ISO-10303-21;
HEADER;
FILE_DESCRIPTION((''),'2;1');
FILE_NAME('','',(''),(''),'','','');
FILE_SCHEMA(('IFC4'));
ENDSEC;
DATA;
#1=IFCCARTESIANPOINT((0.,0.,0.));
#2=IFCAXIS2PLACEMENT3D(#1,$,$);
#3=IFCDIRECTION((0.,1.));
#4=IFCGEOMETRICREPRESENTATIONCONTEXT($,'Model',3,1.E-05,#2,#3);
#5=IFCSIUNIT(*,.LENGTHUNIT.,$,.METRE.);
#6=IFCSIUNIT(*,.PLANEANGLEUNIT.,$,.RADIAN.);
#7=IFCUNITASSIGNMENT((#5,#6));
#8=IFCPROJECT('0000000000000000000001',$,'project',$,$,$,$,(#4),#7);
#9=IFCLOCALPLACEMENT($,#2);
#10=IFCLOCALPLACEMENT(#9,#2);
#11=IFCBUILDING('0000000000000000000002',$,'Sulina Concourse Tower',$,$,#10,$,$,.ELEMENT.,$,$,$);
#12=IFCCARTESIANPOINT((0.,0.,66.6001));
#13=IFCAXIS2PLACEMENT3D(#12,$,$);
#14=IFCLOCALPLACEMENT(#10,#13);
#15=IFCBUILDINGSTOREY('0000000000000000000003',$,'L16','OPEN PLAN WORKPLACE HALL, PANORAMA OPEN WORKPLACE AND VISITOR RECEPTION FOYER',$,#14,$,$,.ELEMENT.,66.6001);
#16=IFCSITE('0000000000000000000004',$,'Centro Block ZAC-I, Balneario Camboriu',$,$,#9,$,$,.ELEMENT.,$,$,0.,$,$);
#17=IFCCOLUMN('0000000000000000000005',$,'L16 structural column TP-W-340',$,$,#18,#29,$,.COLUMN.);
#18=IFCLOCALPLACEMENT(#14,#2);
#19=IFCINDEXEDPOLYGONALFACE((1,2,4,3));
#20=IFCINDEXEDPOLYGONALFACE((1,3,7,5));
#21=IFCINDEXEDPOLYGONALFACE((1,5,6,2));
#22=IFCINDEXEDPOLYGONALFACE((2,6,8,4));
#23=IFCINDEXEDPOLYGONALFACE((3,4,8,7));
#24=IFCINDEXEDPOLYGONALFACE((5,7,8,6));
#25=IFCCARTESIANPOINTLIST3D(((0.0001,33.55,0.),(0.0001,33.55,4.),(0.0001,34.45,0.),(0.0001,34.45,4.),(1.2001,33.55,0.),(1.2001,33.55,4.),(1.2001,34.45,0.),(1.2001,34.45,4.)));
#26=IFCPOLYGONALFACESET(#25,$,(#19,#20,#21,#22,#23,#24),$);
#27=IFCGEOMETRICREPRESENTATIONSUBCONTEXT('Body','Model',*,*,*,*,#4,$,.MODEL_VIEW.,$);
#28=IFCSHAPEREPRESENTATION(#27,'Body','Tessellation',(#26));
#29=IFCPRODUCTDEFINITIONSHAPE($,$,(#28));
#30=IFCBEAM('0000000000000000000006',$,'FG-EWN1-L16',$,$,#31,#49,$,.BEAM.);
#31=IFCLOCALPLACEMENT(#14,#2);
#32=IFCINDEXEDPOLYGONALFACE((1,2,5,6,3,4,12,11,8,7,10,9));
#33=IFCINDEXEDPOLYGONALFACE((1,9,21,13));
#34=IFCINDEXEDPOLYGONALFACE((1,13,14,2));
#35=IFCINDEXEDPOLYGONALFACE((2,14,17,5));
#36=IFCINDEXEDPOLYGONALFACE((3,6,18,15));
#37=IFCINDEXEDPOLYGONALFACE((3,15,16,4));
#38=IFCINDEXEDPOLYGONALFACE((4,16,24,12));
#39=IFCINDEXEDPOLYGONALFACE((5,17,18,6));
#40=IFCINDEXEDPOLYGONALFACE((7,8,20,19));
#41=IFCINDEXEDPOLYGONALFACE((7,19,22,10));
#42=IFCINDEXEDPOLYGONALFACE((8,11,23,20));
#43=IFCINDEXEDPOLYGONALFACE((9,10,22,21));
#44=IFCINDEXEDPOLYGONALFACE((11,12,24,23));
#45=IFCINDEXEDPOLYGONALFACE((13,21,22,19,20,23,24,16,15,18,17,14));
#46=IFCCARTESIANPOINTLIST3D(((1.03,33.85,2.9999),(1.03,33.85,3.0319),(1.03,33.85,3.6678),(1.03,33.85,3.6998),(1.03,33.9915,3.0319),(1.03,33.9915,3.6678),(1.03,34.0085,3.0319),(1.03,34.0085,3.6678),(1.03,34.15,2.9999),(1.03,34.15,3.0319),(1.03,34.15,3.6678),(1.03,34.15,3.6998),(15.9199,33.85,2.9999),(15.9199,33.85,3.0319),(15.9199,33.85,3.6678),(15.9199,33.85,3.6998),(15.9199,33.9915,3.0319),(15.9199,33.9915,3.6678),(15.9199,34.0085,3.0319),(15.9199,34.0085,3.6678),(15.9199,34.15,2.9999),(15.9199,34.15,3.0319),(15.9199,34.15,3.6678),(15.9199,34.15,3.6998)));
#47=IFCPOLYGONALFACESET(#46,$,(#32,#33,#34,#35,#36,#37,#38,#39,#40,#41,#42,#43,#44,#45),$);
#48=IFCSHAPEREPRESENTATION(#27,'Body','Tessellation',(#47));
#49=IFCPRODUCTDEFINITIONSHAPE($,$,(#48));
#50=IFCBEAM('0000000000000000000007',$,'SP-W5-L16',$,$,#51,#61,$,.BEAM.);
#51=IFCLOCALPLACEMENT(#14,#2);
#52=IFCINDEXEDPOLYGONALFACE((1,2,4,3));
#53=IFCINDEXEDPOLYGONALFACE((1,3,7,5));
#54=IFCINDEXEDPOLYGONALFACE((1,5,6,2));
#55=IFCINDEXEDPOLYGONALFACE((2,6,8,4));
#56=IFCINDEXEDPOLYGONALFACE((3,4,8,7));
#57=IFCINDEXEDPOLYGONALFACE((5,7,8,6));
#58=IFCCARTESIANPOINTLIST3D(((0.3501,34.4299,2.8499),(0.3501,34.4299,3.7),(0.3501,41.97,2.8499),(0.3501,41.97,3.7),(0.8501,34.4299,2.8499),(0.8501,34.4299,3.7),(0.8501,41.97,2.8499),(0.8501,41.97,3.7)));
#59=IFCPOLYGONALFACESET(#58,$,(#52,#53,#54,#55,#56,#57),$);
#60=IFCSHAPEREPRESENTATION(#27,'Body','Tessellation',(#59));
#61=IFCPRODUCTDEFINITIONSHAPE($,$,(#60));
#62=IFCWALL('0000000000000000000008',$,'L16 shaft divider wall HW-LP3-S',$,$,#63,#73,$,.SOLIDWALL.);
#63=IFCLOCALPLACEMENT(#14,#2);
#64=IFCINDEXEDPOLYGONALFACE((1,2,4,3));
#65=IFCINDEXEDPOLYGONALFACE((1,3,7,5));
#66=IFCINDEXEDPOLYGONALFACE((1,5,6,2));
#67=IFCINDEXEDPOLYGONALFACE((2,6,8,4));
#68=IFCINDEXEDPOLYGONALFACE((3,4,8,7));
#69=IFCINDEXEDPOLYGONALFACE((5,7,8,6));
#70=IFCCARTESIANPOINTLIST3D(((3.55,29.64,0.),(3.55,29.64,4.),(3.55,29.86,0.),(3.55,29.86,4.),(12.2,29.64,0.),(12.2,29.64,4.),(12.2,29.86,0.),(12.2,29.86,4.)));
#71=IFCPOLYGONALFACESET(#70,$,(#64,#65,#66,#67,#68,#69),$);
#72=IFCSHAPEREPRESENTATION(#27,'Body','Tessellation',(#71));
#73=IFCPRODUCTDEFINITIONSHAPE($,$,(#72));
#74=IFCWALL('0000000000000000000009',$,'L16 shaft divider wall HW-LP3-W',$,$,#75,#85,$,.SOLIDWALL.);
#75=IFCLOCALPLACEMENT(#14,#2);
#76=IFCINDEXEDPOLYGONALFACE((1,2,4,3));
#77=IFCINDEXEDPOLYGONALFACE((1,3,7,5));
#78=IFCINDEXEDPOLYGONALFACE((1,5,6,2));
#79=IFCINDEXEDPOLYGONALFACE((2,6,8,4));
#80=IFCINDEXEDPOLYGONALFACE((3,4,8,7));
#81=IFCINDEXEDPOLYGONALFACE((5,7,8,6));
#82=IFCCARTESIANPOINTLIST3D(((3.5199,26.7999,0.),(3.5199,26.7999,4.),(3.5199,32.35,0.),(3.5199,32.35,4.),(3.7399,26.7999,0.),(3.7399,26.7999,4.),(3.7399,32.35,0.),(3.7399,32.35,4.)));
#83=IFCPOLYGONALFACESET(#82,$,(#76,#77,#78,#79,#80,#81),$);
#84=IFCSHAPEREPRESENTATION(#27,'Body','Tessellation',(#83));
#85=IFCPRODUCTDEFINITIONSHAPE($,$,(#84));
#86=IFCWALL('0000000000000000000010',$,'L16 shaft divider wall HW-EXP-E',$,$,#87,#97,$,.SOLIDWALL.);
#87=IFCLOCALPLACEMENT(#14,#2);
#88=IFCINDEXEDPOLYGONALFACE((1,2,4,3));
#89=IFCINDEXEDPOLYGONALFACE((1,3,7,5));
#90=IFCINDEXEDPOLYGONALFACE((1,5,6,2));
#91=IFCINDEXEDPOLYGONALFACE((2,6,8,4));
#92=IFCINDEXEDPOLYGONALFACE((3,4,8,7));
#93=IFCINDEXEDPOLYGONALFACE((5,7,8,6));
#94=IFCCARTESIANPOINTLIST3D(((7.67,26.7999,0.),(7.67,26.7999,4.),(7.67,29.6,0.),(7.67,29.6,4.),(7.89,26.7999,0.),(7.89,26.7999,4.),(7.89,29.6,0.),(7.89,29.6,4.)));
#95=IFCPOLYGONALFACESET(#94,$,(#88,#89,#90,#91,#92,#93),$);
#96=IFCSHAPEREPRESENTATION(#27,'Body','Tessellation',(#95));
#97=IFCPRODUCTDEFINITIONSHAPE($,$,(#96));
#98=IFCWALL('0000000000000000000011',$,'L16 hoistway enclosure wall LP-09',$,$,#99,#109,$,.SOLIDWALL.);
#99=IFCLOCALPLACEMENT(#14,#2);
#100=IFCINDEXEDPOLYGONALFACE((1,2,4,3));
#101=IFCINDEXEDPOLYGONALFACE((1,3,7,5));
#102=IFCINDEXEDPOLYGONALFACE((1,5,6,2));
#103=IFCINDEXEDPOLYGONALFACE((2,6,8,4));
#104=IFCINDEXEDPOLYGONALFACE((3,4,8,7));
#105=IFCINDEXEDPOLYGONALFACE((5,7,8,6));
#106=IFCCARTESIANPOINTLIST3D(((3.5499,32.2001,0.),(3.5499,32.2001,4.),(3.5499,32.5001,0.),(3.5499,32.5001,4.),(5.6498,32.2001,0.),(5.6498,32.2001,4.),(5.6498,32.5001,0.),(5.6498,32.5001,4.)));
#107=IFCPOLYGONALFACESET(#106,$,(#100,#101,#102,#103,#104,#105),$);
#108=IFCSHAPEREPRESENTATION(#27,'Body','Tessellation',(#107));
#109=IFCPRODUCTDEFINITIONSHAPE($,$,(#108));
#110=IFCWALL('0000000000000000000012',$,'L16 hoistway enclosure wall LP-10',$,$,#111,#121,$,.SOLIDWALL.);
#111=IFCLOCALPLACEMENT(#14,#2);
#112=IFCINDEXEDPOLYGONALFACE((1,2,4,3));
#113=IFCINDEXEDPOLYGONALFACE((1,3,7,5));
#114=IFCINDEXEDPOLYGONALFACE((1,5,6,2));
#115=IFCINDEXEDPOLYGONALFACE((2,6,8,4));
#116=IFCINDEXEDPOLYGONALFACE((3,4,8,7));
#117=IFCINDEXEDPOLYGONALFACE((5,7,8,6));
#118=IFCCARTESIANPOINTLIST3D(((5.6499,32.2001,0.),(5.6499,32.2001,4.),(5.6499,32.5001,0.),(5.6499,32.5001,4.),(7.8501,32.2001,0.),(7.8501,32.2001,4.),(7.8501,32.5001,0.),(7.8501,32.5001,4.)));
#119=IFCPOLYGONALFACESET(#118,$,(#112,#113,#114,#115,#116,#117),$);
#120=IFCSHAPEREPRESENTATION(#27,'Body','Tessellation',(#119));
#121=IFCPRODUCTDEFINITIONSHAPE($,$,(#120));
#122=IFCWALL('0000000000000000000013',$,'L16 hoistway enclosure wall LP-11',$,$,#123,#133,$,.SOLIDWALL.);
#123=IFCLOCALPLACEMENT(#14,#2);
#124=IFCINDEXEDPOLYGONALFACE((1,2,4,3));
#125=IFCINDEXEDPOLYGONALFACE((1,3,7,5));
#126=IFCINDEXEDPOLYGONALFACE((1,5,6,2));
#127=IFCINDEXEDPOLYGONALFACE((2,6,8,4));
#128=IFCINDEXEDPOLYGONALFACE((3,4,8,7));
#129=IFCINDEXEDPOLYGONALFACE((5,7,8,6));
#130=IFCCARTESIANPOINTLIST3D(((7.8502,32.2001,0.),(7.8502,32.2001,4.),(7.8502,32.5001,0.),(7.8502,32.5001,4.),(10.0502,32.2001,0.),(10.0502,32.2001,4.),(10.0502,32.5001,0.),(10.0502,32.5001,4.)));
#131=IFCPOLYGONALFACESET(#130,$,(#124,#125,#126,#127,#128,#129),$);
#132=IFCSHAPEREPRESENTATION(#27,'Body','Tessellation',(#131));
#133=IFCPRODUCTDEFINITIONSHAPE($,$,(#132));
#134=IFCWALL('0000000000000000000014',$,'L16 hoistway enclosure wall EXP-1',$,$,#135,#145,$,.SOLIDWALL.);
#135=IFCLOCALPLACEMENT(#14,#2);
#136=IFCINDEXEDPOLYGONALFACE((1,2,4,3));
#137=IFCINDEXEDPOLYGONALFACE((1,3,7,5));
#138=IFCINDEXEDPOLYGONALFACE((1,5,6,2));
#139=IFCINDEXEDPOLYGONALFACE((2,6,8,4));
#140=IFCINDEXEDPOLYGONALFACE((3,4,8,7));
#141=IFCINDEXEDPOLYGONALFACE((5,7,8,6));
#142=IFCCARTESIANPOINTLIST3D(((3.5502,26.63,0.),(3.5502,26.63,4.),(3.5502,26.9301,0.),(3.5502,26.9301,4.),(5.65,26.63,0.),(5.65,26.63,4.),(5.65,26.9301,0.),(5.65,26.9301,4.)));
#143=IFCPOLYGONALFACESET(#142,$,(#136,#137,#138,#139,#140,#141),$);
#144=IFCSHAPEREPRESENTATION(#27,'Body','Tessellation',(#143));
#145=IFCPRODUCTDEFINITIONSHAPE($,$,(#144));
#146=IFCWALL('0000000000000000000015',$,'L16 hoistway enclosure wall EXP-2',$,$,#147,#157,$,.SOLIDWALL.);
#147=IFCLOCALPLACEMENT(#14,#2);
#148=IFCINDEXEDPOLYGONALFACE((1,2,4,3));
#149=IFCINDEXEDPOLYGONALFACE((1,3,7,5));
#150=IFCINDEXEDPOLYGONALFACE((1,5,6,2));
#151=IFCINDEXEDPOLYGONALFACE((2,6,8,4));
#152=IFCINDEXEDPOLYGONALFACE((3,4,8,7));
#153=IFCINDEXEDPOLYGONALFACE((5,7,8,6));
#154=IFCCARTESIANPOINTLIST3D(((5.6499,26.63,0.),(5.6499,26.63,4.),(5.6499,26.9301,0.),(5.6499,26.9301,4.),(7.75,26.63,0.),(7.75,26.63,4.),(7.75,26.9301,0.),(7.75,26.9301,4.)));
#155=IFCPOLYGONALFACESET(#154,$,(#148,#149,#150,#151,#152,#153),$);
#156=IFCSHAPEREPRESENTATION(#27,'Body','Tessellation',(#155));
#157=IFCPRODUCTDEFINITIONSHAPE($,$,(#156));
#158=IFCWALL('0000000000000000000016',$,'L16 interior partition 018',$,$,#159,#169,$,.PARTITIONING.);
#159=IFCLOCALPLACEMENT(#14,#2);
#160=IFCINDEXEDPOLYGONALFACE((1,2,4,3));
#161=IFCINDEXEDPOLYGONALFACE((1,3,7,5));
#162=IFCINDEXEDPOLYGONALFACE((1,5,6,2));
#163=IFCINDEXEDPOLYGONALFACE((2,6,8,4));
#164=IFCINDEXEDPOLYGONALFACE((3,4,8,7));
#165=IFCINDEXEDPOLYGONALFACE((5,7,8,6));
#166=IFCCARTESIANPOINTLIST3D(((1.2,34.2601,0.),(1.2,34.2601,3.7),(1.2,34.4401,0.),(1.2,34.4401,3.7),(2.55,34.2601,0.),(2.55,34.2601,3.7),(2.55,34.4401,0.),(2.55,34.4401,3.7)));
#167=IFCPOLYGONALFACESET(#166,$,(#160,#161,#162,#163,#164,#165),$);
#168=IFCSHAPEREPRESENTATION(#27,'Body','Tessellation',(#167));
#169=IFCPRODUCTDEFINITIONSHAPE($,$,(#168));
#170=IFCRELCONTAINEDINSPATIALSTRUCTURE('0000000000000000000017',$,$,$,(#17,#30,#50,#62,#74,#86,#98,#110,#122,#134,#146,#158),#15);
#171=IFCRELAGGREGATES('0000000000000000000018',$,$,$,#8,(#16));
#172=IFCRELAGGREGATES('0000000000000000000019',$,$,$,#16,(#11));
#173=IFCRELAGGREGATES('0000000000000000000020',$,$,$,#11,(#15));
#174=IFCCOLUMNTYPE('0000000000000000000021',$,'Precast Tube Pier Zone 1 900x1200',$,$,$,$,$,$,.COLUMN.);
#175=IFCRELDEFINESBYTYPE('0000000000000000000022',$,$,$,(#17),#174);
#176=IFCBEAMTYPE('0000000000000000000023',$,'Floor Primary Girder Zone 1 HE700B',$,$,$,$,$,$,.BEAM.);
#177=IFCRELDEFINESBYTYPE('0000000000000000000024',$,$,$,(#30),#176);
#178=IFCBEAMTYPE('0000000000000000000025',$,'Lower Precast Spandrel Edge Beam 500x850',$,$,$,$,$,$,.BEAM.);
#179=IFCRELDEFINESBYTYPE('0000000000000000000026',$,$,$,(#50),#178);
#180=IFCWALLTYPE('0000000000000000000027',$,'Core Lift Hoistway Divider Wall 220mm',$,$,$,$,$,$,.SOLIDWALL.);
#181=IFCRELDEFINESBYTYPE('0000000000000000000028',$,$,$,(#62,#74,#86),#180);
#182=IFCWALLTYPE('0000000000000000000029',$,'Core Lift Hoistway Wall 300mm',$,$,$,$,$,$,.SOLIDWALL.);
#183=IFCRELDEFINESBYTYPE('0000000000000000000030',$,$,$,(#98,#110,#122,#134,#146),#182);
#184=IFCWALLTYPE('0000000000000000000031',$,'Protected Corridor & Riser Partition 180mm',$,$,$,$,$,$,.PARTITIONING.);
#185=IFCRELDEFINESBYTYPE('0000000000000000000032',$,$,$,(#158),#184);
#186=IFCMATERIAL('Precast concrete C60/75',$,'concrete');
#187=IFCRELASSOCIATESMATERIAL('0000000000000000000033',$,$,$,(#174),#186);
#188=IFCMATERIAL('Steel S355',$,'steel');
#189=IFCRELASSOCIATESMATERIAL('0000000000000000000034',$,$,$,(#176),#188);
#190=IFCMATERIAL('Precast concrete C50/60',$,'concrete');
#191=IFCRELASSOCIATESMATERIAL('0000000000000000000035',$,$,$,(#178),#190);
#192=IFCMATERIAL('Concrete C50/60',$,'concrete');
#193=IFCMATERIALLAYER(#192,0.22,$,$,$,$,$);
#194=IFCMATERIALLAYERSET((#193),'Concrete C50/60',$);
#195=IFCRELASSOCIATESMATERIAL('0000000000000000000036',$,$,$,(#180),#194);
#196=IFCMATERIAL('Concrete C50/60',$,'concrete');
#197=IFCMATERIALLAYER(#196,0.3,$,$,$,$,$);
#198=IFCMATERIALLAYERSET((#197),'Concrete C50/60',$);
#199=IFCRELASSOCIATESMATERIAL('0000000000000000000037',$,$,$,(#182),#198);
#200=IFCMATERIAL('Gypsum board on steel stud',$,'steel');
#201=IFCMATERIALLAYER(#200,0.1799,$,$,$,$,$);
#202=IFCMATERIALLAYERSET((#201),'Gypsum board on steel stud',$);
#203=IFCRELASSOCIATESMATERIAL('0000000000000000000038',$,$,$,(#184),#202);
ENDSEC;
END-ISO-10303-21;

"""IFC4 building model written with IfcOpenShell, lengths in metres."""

from ifc_helpers import new_model, si_unit, direction, frame, frame_2d, origin, origin_2d, place, context, subcontext, project, spatial, rectangle, i_section, extrude, material, layer, layer_set, material_profile, profile_set, type_object, element, save


model = new_model("IFC4")

# Units and contexts
model_context = context("Model", 3, precision=1e-05, world=origin(), true_north=direction((0.0, 1.0)))
body_context = subcontext(model_context, "Body", "Model", "MODEL_VIEW")
ifc_project = project(units=[si_unit("LENGTHUNIT", "METRE"), si_unit("PLANEANGLEUNIT", "RADIAN")], contexts=[model_context])

# Site, building, storey
site_placement = place(None, origin())
site = spatial("IfcSite", under=ifc_project, at=site_placement, Name="Centro Block ZAC-I, Balneario Camboriu", CompositionType="ELEMENT", RefElevation=0.0)
building_placement = place(site_placement, origin())
building = spatial("IfcBuilding", under=site, at=building_placement, Name="Sulina Concourse Tower", CompositionType="ELEMENT")
storey_placement = place(building_placement, frame((0.0, 0.0, 66.6001)))
storey = spatial("IfcBuildingStorey", under=building, at=storey_placement, Name="L16", Description="OPEN PLAN WORKPLACE HALL, PANORAMA OPEN WORKPLACE AND VISITOR RECEPTION FOYER", CompositionType="ELEMENT", Elevation=66.6001)

# Column
ifc_material_1 = material(Name="Precast concrete C60/75", Category="concrete")
ifc_material_profile_1 = material_profile(ifc_material_1, rectangle(XDim=0.8999, YDim=1.2, at=origin_2d()), Name="PC 900x1200")
ifc_profile_set_1 = profile_set([ifc_material_profile_1], Name="Precast concrete C60/75")
column_type = type_object("IfcColumnType", Name="Precast Tube Pier Zone 1 900x1200", PredefinedType="COLUMN", material=ifc_profile_set_1)
column_placement = place(storey_placement, frame((0.6001, 34.0, 0.0), z_axis=(0.0, 0.0, 1.0), x_axis=(0.0, 1.0, 0.0)))
element("IfcColumn", 1, at=column_placement, inside=storey, type_object=column_type, Name="L16 structural column TP-W-340", PredefinedType="COLUMN", context=body_context, shape_type="SweptSolid", body=[
    extrude(rectangle(XDim=0.8999, YDim=1.2, at=origin_2d()), origin(), (0.0, 0.0, 1.0), 4.0),
])

# Beams
ifc_material_2 = material(Name="Steel S355", Category="steel")
ifc_material_profile_2 = material_profile(ifc_material_2, i_section(OverallWidth=0.3, OverallDepth=0.7, WebThickness=0.0171, FlangeThickness=0.032, at=origin_2d()), Name="HE 700 B")
ifc_profile_set_2 = profile_set([ifc_material_profile_2], Name="Steel S355")
beam_type_1 = type_object("IfcBeamType", Name="Floor Primary Girder Zone 1 HE700B", PredefinedType="BEAM", material=ifc_profile_set_2)
beam_1_placement = place(storey_placement, frame((1.03, 34.0, 3.3499), z_axis=(1.0, 0.0, 0.0), x_axis=(0.0, 1.0, 0.0)))
element("IfcBeam", 2, at=beam_1_placement, inside=storey, type_object=beam_type_1, Name="FG-EWN1-L16", PredefinedType="BEAM", context=body_context, shape_type="SweptSolid", body=[
    extrude(i_section(OverallWidth=0.3, OverallDepth=0.7, WebThickness=0.0171, FlangeThickness=0.032, at=origin_2d()), origin(), (0.0, 0.0, 1.0), 14.8899),
])
ifc_material_3 = material(Name="Precast concrete C50/60", Category="concrete")
ifc_material_profile_3 = material_profile(ifc_material_3, rectangle(XDim=0.5, YDim=0.8501, at=origin_2d()), Name="RC 500x850")
ifc_profile_set_3 = profile_set([ifc_material_profile_3], Name="Precast concrete C50/60")
beam_type_2 = type_object("IfcBeamType", Name="Lower Precast Spandrel Edge Beam 500x850", PredefinedType="BEAM", material=ifc_profile_set_3)
beam_2_placement = place(storey_placement, frame((0.6001, 34.4299, 3.2749), z_axis=(0.0, 1.0, 0.0), x_axis=(-1.0, 0.0, 0.0)))
element("IfcBeam", 3, at=beam_2_placement, inside=storey, type_object=beam_type_2, Name="SP-W5-L16", PredefinedType="BEAM", context=body_context, shape_type="SweptSolid", body=[
    extrude(rectangle(XDim=0.5, YDim=0.8501, at=origin_2d()), origin(), (0.0, 0.0, 1.0), 7.54),
])

# Walls
ifc_material_4 = material(Name="Concrete C50/60", Category="concrete")
ifc_layer_1 = layer(ifc_material_4, 0.22)
ifc_layer_set_1 = layer_set([ifc_layer_1], Name="Concrete C50/60")
wall_type_1 = type_object("IfcWallType", Name="Core Lift Hoistway Divider Wall 220mm", PredefinedType="SOLIDWALL", material=ifc_layer_set_1)
wall_1_placement = place(storey_placement, frame((3.55, 29.75, 0.0), z_axis=(0.0, 0.0, 1.0), x_axis=(1.0, 0.0, 0.0)))
element("IfcWall", 4, at=wall_1_placement, inside=storey, type_object=wall_type_1, Name="L16 shaft divider wall HW-LP3-S", PredefinedType="SOLIDWALL", context=body_context, shape_type="SweptSolid", body=[
    extrude(rectangle(XDim=8.6499, YDim=0.22, at=frame_2d((4.325, 0.0))), origin(), (0.0, 0.0, 1.0), 4.0),
])
wall_2_placement = place(storey_placement, frame((3.6299, 26.8, 0.0), z_axis=(0.0, 0.0, 1.0), x_axis=(0.0, 1.0, 0.0)))
element("IfcWall", 5, at=wall_2_placement, inside=storey, type_object=wall_type_1, Name="L16 shaft divider wall HW-LP3-W", PredefinedType="SOLIDWALL", context=body_context, shape_type="SweptSolid", body=[
    extrude(rectangle(XDim=5.55, YDim=0.22, at=frame_2d((2.7749, 0.0))), origin(), (0.0, 0.0, 1.0), 4.0),
])
wall_3_placement = place(storey_placement, frame((7.78, 26.8, 0.0), z_axis=(0.0, 0.0, 1.0), x_axis=(0.0, 1.0, 0.0)))
element("IfcWall", 6, at=wall_3_placement, inside=storey, type_object=wall_type_1, Name="L16 shaft divider wall HW-EXP-E", PredefinedType="SOLIDWALL", context=body_context, shape_type="SweptSolid", body=[
    extrude(rectangle(XDim=2.8, YDim=0.22, at=frame_2d((1.3999, 0.0))), origin(), (0.0, 0.0, 1.0), 4.0),
])
ifc_material_5 = material(Name="Concrete C50/60", Category="concrete")
ifc_layer_2 = layer(ifc_material_5, 0.3)
ifc_layer_set_2 = layer_set([ifc_layer_2], Name="Concrete C50/60")
wall_type_2 = type_object("IfcWallType", Name="Core Lift Hoistway Wall 300mm", PredefinedType="SOLIDWALL", material=ifc_layer_set_2)
wall_4_placement = place(storey_placement, frame((3.55, 32.3501, 0.0), z_axis=(0.0, 0.0, 1.0), x_axis=(1.0, 0.0, 0.0)))
element("IfcWall", 7, at=wall_4_placement, inside=storey, type_object=wall_type_2, Name="L16 hoistway enclosure wall LP-09", PredefinedType="SOLIDWALL", context=body_context, shape_type="SweptSolid", body=[
    extrude(rectangle(XDim=2.0999, YDim=0.3, at=frame_2d((1.0498, 0.0))), origin(), (0.0, 0.0, 1.0), 4.0),
])
wall_5_placement = place(storey_placement, frame((5.6499, 32.3501, 0.0), z_axis=(0.0, 0.0, 1.0), x_axis=(1.0, 0.0, 0.0)))
element("IfcWall", 8, at=wall_5_placement, inside=storey, type_object=wall_type_2, Name="L16 hoistway enclosure wall LP-10", PredefinedType="SOLIDWALL", context=body_context, shape_type="SweptSolid", body=[
    extrude(rectangle(XDim=2.2002, YDim=0.3, at=frame_2d((1.1001, 0.0))), origin(), (0.0, 0.0, 1.0), 4.0),
])
wall_6_placement = place(storey_placement, frame((7.8501, 32.3501, 0.0), z_axis=(0.0, 0.0, 1.0), x_axis=(1.0, 0.0, 0.0)))
element("IfcWall", 9, at=wall_6_placement, inside=storey, type_object=wall_type_2, Name="L16 hoistway enclosure wall LP-11", PredefinedType="SOLIDWALL", context=body_context, shape_type="SweptSolid", body=[
    extrude(rectangle(XDim=2.2, YDim=0.3, at=frame_2d((1.1001, 0.0))), origin(), (0.0, 0.0, 1.0), 4.0),
])
wall_7_placement = place(storey_placement, frame((5.6499, 26.78, 0.0), z_axis=(0.0, 0.0, 1.0), x_axis=(-1.0, 0.0, 0.0)))
element("IfcWall", 10, at=wall_7_placement, inside=storey, type_object=wall_type_2, Name="L16 hoistway enclosure wall EXP-1", PredefinedType="SOLIDWALL", context=body_context, shape_type="SweptSolid", body=[
    extrude(rectangle(XDim=2.0999, YDim=0.3, at=frame_2d((1.0498, 0.0))), origin(), (0.0, 0.0, 1.0), 4.0),
])
wall_8_placement = place(storey_placement, frame((7.75, 26.78, 0.0), z_axis=(0.0, 0.0, 1.0), x_axis=(-1.0, 0.0, 0.0)))
element("IfcWall", 11, at=wall_8_placement, inside=storey, type_object=wall_type_2, Name="L16 hoistway enclosure wall EXP-2", PredefinedType="SOLIDWALL", context=body_context, shape_type="SweptSolid", body=[
    extrude(rectangle(XDim=2.1001, YDim=0.3, at=frame_2d((1.05, 0.0))), origin(), (0.0, 0.0, 1.0), 4.0),
])
ifc_material_6 = material(Name="Gypsum board on steel stud", Category="steel")
ifc_layer_3 = layer(ifc_material_6, 0.1799)
ifc_layer_set_3 = layer_set([ifc_layer_3], Name="Gypsum board on steel stud")
wall_type_3 = type_object("IfcWallType", Name="Protected Corridor & Riser Partition 180mm", PredefinedType="PARTITIONING", material=ifc_layer_set_3)
wall_9_placement = place(storey_placement, frame((1.2, 34.3501, 0.0), z_axis=(0.0, 0.0, 1.0), x_axis=(1.0, 0.0, 0.0)))
element("IfcWall", 12, at=wall_9_placement, inside=storey, type_object=wall_type_3, Name="L16 interior partition 018", PredefinedType="PARTITIONING", context=body_context, shape_type="SweptSolid", body=[
    extrude(rectangle(XDim=1.3501, YDim=0.1799, at=frame_2d((0.675, 0.0))), origin(), (0.0, 0.0, 1.0), 3.7),
])

save(model, "model.ifc")
